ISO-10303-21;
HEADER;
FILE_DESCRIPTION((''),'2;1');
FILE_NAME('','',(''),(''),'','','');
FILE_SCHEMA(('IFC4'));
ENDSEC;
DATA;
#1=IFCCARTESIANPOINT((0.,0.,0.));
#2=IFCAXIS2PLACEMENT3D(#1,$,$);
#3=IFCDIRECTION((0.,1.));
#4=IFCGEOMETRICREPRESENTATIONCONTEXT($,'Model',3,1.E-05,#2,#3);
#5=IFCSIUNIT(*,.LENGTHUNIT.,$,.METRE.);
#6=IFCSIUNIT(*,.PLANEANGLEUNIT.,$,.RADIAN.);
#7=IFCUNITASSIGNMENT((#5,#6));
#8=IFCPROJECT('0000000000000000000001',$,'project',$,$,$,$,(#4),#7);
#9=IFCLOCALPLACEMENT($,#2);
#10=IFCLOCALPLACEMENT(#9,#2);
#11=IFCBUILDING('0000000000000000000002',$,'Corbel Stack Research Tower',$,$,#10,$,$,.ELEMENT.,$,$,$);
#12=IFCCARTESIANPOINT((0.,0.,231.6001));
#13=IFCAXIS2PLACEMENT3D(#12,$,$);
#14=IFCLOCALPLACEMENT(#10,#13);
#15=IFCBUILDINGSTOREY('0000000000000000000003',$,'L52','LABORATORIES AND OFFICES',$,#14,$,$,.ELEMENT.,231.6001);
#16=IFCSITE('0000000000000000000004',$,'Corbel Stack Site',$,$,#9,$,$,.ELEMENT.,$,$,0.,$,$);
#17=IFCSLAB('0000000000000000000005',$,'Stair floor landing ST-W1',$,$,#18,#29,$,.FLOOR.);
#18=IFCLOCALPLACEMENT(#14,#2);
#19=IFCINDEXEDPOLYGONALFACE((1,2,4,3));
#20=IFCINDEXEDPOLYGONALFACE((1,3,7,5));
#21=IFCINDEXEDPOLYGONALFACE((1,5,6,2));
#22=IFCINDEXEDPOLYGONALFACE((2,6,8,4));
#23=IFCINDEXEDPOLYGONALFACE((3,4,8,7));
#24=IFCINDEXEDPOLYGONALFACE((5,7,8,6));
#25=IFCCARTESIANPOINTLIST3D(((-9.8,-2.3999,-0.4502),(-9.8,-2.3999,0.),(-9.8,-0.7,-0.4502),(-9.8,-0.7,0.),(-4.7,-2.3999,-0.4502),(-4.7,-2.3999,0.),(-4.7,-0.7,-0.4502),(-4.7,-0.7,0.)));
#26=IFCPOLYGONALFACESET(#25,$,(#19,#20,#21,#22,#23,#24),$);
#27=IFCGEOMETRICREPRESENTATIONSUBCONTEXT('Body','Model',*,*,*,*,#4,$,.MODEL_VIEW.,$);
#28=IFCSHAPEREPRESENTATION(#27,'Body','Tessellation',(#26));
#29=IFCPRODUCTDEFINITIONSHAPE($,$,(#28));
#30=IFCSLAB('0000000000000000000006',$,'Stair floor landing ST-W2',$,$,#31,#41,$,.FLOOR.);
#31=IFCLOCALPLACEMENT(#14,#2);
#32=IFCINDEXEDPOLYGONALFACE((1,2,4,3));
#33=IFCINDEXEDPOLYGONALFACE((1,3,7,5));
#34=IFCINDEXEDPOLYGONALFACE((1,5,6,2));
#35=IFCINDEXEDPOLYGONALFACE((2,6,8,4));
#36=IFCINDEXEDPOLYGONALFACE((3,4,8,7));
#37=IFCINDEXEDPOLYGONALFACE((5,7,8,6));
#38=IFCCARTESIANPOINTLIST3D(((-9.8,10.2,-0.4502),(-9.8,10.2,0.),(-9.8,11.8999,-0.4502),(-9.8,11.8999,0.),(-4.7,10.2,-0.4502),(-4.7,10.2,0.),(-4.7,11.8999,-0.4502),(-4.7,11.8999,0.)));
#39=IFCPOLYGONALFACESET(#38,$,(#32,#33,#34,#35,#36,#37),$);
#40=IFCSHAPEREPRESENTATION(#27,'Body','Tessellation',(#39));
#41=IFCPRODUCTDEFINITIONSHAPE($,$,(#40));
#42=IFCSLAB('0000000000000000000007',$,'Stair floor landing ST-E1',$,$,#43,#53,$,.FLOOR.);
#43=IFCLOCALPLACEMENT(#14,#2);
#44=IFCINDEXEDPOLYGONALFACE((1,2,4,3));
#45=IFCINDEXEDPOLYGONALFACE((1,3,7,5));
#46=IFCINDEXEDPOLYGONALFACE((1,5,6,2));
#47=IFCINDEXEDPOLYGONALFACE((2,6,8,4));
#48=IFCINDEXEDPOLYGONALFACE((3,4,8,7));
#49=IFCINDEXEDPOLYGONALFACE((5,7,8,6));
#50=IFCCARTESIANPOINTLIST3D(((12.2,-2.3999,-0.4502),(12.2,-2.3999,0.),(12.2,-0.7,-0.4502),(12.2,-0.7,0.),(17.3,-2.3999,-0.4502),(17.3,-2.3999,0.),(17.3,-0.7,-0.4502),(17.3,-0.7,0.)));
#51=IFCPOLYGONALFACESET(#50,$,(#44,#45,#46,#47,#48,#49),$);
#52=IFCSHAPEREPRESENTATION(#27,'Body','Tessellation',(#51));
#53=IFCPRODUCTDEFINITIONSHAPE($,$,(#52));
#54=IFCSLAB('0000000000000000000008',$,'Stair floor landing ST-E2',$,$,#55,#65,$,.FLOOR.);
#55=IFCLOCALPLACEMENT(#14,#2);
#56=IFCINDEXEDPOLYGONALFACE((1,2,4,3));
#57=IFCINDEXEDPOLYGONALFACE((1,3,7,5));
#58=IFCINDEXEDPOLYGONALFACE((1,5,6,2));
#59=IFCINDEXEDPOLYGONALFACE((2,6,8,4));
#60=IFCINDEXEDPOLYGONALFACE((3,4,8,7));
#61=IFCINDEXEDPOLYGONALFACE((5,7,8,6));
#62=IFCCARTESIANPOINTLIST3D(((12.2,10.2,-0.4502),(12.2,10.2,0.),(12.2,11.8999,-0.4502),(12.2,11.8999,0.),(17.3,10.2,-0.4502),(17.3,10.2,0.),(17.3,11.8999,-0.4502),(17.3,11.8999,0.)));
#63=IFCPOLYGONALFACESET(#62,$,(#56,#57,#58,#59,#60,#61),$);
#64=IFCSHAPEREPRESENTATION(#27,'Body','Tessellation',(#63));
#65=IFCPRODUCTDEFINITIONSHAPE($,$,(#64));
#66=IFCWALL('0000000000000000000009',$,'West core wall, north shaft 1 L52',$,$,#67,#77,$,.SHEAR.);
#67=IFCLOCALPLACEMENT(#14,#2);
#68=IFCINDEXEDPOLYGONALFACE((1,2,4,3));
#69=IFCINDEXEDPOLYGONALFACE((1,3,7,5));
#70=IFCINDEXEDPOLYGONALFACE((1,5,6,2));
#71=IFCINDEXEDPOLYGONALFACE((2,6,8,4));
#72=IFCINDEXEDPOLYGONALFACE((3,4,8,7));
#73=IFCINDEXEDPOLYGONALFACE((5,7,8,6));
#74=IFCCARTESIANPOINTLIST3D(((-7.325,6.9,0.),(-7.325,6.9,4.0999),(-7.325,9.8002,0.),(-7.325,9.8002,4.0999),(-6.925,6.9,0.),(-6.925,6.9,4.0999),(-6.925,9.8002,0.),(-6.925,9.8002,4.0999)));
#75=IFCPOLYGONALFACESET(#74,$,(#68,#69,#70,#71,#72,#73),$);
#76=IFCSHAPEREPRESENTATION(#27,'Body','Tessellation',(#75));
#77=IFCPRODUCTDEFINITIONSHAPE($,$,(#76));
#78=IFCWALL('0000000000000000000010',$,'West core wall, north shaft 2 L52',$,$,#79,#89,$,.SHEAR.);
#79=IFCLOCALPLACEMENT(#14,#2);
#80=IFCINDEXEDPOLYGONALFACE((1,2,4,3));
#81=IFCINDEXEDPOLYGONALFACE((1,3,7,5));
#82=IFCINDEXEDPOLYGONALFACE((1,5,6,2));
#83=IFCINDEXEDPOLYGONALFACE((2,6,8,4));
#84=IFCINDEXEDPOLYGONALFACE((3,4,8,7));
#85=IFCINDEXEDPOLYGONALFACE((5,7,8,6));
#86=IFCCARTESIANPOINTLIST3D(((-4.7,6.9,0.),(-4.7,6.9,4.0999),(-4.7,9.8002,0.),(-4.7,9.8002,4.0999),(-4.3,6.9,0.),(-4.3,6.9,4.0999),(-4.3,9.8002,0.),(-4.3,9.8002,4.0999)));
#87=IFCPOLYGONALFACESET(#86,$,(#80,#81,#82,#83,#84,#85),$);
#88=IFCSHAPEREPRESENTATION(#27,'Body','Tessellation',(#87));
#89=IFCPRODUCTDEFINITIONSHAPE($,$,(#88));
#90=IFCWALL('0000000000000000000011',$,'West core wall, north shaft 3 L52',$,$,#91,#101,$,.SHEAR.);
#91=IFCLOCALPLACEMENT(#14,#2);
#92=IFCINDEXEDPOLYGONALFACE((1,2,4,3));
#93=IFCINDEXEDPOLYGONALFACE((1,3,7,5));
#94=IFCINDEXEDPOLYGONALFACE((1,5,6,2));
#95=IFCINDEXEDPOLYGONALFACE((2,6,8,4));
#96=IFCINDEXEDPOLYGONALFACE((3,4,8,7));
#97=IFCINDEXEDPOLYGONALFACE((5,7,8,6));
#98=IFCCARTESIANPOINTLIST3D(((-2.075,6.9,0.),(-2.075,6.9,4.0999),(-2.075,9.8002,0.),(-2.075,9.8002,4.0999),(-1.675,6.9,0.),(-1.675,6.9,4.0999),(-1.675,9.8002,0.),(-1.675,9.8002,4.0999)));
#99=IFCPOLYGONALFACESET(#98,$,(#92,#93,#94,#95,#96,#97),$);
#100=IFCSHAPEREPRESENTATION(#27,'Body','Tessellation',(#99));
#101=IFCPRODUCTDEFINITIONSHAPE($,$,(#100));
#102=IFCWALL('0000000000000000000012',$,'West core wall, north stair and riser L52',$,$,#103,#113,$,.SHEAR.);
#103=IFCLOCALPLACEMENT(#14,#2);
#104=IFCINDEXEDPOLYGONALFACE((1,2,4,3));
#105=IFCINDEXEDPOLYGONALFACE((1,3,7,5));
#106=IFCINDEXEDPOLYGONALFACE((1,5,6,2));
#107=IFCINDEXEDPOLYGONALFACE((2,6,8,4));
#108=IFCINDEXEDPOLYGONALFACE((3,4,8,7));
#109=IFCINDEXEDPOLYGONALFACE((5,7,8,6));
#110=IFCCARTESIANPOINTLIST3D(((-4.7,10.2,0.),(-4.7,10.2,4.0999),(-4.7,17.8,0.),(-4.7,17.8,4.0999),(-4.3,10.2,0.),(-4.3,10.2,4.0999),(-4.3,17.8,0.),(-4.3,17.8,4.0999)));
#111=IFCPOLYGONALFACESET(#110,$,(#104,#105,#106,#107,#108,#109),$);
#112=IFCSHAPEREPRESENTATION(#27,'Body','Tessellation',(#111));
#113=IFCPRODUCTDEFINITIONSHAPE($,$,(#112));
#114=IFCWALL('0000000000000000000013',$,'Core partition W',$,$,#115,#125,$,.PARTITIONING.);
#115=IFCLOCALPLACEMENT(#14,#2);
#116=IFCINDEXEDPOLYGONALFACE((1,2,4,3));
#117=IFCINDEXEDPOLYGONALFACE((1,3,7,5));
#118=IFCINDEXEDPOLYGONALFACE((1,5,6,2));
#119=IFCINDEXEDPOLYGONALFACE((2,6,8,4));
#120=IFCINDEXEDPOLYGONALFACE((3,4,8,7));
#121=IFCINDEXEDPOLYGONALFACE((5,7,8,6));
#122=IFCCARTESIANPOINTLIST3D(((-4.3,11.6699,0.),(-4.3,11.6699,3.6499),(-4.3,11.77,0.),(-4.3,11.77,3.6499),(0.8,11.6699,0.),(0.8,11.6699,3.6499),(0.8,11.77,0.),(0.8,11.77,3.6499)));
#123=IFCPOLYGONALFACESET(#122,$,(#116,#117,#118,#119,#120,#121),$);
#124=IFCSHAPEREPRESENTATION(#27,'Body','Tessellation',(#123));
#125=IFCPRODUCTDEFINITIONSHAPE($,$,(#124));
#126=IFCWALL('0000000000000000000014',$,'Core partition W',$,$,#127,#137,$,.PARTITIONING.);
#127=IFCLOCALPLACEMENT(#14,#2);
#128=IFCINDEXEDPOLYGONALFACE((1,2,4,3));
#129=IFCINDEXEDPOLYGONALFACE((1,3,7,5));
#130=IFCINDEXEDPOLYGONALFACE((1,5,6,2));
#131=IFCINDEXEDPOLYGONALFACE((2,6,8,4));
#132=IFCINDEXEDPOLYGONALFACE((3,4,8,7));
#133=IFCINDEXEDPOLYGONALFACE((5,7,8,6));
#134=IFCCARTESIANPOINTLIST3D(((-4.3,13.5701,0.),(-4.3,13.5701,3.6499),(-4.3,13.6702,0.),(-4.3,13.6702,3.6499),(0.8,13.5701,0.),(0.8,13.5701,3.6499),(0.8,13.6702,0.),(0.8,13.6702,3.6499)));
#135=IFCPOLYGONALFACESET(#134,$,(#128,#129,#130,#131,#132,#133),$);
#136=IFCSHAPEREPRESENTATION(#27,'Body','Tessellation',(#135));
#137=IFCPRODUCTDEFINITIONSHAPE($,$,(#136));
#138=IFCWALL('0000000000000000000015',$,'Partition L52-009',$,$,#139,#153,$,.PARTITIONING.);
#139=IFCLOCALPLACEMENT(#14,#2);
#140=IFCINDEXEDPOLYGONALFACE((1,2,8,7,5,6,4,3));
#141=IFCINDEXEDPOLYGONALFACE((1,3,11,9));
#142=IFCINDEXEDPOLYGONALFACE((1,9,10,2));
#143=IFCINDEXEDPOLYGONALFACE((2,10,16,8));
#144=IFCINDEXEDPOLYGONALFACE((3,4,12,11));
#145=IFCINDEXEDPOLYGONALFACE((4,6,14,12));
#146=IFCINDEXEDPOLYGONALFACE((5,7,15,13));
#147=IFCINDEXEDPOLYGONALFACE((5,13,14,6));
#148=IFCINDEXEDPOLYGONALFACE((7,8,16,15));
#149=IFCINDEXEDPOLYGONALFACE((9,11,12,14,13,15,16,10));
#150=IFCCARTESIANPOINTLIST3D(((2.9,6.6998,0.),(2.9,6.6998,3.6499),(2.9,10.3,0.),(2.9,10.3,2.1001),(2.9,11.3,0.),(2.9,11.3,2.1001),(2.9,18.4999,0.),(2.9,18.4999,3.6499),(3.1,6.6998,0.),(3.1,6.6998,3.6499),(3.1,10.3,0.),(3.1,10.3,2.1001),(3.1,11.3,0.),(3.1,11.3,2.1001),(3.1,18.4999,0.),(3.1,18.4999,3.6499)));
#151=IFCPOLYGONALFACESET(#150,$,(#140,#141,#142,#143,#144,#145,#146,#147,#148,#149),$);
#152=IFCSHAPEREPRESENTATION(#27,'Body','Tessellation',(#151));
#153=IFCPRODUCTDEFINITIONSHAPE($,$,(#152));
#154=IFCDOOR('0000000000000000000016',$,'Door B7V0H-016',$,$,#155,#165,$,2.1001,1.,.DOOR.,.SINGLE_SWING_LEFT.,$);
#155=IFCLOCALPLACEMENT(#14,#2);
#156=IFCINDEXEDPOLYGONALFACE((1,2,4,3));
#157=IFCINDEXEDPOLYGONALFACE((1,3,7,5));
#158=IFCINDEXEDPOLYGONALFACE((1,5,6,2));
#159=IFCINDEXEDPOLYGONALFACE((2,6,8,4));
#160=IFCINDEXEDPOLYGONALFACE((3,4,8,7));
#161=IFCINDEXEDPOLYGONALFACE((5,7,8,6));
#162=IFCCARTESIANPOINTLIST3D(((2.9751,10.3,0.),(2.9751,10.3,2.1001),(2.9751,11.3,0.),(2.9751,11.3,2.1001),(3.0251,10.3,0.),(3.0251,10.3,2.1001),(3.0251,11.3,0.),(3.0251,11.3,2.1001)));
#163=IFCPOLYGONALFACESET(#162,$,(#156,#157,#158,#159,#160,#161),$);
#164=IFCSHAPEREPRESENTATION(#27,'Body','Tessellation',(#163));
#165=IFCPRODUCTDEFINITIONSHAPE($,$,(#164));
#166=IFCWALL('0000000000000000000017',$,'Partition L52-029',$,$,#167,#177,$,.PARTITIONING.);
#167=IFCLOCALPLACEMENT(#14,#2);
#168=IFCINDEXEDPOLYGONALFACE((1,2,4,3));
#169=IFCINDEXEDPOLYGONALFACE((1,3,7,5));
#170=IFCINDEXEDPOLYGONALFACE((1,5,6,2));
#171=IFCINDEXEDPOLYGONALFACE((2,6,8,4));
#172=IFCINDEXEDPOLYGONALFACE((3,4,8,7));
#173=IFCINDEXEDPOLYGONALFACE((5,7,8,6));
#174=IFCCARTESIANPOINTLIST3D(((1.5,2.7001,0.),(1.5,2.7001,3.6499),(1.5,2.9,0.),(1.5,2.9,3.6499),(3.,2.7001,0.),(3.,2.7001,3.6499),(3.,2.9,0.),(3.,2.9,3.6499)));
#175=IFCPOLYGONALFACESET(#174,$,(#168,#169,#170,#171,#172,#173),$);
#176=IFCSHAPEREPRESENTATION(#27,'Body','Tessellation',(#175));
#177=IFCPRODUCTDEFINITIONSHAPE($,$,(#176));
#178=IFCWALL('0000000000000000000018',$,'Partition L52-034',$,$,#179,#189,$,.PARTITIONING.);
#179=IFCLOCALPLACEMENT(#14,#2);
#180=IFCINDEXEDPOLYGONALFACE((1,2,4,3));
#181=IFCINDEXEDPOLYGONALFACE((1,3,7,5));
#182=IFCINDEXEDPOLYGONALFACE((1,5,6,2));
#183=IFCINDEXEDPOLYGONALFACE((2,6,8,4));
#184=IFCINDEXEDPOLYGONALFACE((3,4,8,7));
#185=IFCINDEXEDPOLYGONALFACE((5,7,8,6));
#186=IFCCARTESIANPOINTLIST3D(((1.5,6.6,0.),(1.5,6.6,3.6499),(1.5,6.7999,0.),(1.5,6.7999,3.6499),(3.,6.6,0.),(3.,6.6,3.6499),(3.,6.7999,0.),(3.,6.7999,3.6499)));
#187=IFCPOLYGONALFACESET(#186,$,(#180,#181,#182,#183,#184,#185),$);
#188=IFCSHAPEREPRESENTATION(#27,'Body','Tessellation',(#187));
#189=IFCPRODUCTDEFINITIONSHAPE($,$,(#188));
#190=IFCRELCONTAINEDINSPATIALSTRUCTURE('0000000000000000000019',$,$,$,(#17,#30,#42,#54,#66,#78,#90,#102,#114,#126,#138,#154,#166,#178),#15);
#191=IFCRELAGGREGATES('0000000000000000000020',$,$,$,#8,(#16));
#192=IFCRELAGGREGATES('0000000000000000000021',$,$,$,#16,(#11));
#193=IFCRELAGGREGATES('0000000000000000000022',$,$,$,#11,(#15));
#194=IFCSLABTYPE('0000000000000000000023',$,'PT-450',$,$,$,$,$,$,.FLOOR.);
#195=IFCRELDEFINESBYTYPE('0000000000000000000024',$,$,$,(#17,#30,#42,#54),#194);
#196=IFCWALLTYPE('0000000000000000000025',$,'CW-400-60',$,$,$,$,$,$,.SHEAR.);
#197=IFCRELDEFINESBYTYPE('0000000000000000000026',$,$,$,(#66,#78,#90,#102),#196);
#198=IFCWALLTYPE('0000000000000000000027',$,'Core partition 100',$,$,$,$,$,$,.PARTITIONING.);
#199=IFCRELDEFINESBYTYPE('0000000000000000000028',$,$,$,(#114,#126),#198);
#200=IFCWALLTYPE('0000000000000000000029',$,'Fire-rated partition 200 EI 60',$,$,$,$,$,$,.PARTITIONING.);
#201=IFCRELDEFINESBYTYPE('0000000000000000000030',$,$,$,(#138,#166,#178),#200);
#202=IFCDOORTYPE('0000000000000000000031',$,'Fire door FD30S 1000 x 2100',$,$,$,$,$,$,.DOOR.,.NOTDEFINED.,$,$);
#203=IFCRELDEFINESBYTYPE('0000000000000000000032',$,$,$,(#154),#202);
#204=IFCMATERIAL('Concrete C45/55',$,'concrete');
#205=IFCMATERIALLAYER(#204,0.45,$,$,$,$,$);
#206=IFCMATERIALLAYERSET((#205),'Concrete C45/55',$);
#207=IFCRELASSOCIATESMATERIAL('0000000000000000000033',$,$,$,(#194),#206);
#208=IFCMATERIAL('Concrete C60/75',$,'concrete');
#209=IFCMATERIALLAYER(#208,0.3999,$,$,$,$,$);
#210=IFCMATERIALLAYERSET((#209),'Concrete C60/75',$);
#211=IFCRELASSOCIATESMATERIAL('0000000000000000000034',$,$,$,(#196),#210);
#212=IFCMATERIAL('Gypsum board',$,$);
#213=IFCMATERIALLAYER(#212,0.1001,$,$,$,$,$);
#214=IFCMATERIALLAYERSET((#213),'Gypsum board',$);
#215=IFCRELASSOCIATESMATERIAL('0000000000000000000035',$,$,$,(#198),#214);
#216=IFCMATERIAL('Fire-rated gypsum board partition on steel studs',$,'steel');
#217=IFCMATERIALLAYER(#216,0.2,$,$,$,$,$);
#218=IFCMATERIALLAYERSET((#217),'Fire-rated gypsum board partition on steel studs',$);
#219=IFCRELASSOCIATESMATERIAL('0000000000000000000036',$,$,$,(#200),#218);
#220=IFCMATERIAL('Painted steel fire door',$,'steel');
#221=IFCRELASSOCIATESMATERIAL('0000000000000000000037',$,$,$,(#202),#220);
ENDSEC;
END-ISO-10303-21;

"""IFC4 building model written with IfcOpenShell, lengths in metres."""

from ifc_helpers import new_model, si_unit, direction, frame, frame_2d, origin, place, context, subcontext, project, spatial, polyline, rectangle, outline, extrude, material, layer, layer_set, type_object, element, fill, save


model = new_model("IFC4")

# Units and contexts
model_context = context("Model", 3, precision=1e-05, world=origin(), true_north=direction((0.0, 1.0)))
body_context = subcontext(model_context, "Body", "Model", "MODEL_VIEW")
ifc_project = project(units=[si_unit("LENGTHUNIT", "METRE"), si_unit("PLANEANGLEUNIT", "RADIAN")], contexts=[model_context])

# Site, building, storey
site_placement = place(None, origin())
site = spatial("IfcSite", under=ifc_project, at=site_placement, Name="Corbel Stack Site", CompositionType="ELEMENT", RefElevation=0.0)
building_placement = place(site_placement, origin())
building = spatial("IfcBuilding", under=site, at=building_placement, Name="Corbel Stack Research Tower", CompositionType="ELEMENT")
storey_placement = place(building_placement, frame((0.0, 0.0, 231.6001)))
storey = spatial("IfcBuildingStorey", under=building, at=storey_placement, Name="L52", Description="LABORATORIES AND OFFICES", CompositionType="ELEMENT", Elevation=231.6001)

# Slabs
ifc_material_1 = material(Name="Concrete C45/55", Category="concrete")
ifc_layer_1 = layer(ifc_material_1, 0.45)
ifc_layer_set_1 = layer_set([ifc_layer_1], Name="Concrete C45/55")
slab_type = type_object("IfcSlabType", Name="PT-450", PredefinedType="FLOOR", material=ifc_layer_set_1)
slab_1_placement = place(storey_placement, frame((0.0, 0.0, -0.4502)))
element("IfcSlab", 1, at=slab_1_placement, inside=storey, type_object=slab_type, Name="Stair floor landing ST-W1", PredefinedType="FLOOR", context=body_context, shape_type="SweptSolid", body=[
    extrude(outline(polyline([(-9.8, -2.3999), (-4.7, -2.3999), (-4.7, -0.7), (-9.8, -0.7), (-9.8, -2.3999)])), origin(), (0.0, 0.0, 1.0), 0.4502),
])
slab_2_placement = place(storey_placement, frame((0.0, 0.0, -0.4502)))
element("IfcSlab", 2, at=slab_2_placement, inside=storey, type_object=slab_type, Name="Stair floor landing ST-W2", PredefinedType="FLOOR", context=body_context, shape_type="SweptSolid", body=[
    extrude(outline(polyline([(-9.8, 10.2), (-4.7, 10.2), (-4.7, 11.8999), (-9.8, 11.8999), (-9.8, 10.2)])), origin(), (0.0, 0.0, 1.0), 0.4502),
])
slab_3_placement = place(storey_placement, frame((0.0, 0.0, -0.4502)))
element("IfcSlab", 3, at=slab_3_placement, inside=storey, type_object=slab_type, Name="Stair floor landing ST-E1", PredefinedType="FLOOR", context=body_context, shape_type="SweptSolid", body=[
    extrude(outline(polyline([(12.2, -2.3999), (17.3, -2.3999), (17.3, -0.7), (12.2, -0.7), (12.2, -2.3999)])), origin(), (0.0, 0.0, 1.0), 0.4502),
])
slab_4_placement = place(storey_placement, frame((0.0, 0.0, -0.4502)))
element("IfcSlab", 4, at=slab_4_placement, inside=storey, type_object=slab_type, Name="Stair floor landing ST-E2", PredefinedType="FLOOR", context=body_context, shape_type="SweptSolid", body=[
    extrude(outline(polyline([(12.2, 10.2), (17.3, 10.2), (17.3, 11.8999), (12.2, 11.8999), (12.2, 10.2)])), origin(), (0.0, 0.0, 1.0), 0.4502),
])

# Walls
ifc_material_2 = material(Name="Concrete C60/75", Category="concrete")
ifc_layer_2 = layer(ifc_material_2, 0.3999)
ifc_layer_set_2 = layer_set([ifc_layer_2], Name="Concrete C60/75")
wall_type_1 = type_object("IfcWallType", Name="CW-400-60", PredefinedType="SHEAR", material=ifc_layer_set_2)
for number, where, z_axis, x_axis, name in (
    (5, (-7.125, 6.8999, 0.0), (0.0, 0.0, 1.0), (0.0, 1.0, 0.0), "West core wall, north shaft 1 L52"),
    (6, (-4.5, 6.8999, 0.0), (0.0, 0.0, 1.0), (0.0, 1.0, 0.0), "West core wall, north shaft 2 L52"),
    (7, (-1.875, 6.8999, 0.0), (0.0, 0.0, 1.0), (0.0, 1.0, 0.0), "West core wall, north shaft 3 L52"),
):
    element("IfcWall", number, at=place(storey_placement, frame(where, z_axis=z_axis, x_axis=x_axis)), inside=storey, type_object=wall_type_1, Name=name, PredefinedType="SHEAR", context=body_context, shape_type="SweptSolid", body=[
        extrude(rectangle(XDim=2.9001, YDim=0.3999, at=frame_2d((1.4502, 0.0))), origin(), (0.0, 0.0, 1.0), 4.0999),
    ])
wall_1_placement = place(storey_placement, frame((-4.5, 10.2, 0.0), z_axis=(0.0, 0.0, 1.0), x_axis=(0.0, 1.0, 0.0)))
element("IfcWall", 8, at=wall_1_placement, inside=storey, type_object=wall_type_1, Name="West core wall, north stair and riser L52", PredefinedType="SHEAR", context=body_context, shape_type="SweptSolid", body=[
    extrude(rectangle(XDim=7.6001, YDim=0.3999, at=frame_2d((3.8, 0.0))), origin(), (0.0, 0.0, 1.0), 4.0999),
])
ifc_material_3 = material(Name="Gypsum board")
ifc_layer_3 = layer(ifc_material_3, 0.1001)
ifc_layer_set_3 = layer_set([ifc_layer_3], Name="Gypsum board")
wall_type_2 = type_object("IfcWallType", Name="Core partition 100", PredefinedType="PARTITIONING", material=ifc_layer_set_3)
for number, where, z_axis, x_axis, name in (
    (9, (-4.3, 11.72, 0.0), (0.0, 0.0, 1.0), (1.0, 0.0, 0.0), "Core partition W"),
    (10, (-4.3, 13.6201, 0.0), (0.0, 0.0, 1.0), (1.0, 0.0, 0.0), "Core partition W"),
):
    element("IfcWall", number, at=place(storey_placement, frame(where, z_axis=z_axis, x_axis=x_axis)), inside=storey, type_object=wall_type_2, Name=name, PredefinedType="PARTITIONING", context=body_context, shape_type="SweptSolid", body=[
        extrude(rectangle(XDim=5.1001, YDim=0.1001, at=frame_2d((2.55, 0.0))), origin(), (0.0, 0.0, 1.0), 3.6499),
    ])

# Wall, opening, door
ifc_material_4 = material(Name="Fire-rated gypsum board partition on steel studs", Category="steel")
ifc_layer_4 = layer(ifc_material_4, 0.2)
ifc_layer_set_4 = layer_set([ifc_layer_4], Name="Fire-rated gypsum board partition on steel studs")
wall_type_3 = type_object("IfcWallType", Name="Fire-rated partition 200 EI 60", PredefinedType="PARTITIONING", material=ifc_layer_set_4)
wall_2_placement = place(storey_placement, frame((3.0, 6.7, 0.0), z_axis=(0.0, 0.0, 1.0), x_axis=(0.0, 1.0, 0.0)))
wall_2 = element("IfcWall", 11, at=wall_2_placement, inside=storey, type_object=wall_type_3, Name="Partition L52-009", PredefinedType="PARTITIONING", context=body_context, shape_type="SweptSolid", body=[
    extrude(rectangle(XDim=11.8, YDim=0.2, at=frame_2d((5.8999, 0.0))), origin(), (0.0, 0.0, 1.0), 3.6499),
])
opening_placement = place(wall_2_placement, frame((3.6001, 0.0, 0.0)))
opening = element("IfcOpeningElement", 12, at=opening_placement, cuts=wall_2, PredefinedType="OPENING", context=body_context, shape_type="SweptSolid", body=[
    extrude(rectangle(XDim=1.0, YDim=2.1001, at=frame_2d((0.5, 1.05))), frame((0.0, 0.1099, 0.0), z_axis=(0.0, -1.0, 0.0), x_axis=(1.0, 0.0, 0.0)), (0.0, 0.0, 1.0), 0.22),
])
ifc_material_5 = material(Name="Painted steel fire door", Category="steel")
door_type = type_object("IfcDoorType", Name="Fire door FD30S 1000 x 2100", OperationType="NOTDEFINED", PredefinedType="DOOR", material=ifc_material_5)
door_placement = place(opening_placement, origin())
door = element("IfcDoor", 13, at=door_placement, inside=storey, type_object=door_type, Name="Door B7V0H-016", OperationType="SINGLE_SWING_LEFT", OverallHeight=2.1001, OverallWidth=1.0, PredefinedType="DOOR", context=body_context, shape_type="SweptSolid", body=[
    extrude(rectangle(XDim=1.0, YDim=2.1001, at=frame_2d((0.5, 1.05))), frame((0.0, 0.0249, 0.0), z_axis=(0.0, -1.0, 0.0), x_axis=(1.0, 0.0, 0.0)), (0.0, 0.0, 1.0), 0.05),
])
fill(opening, door)

# Walls
for number, where, z_axis, x_axis, name in (
    (14, (1.5, 2.8, 0.0), (0.0, 0.0, 1.0), (1.0, 0.0, 0.0), "Partition L52-029"),
    (15, (1.5, 6.7, 0.0), (0.0, 0.0, 1.0), (1.0, 0.0, 0.0), "Partition L52-034"),
):
    element("IfcWall", number, at=place(storey_placement, frame(where, z_axis=z_axis, x_axis=x_axis)), inside=storey, type_object=wall_type_3, Name=name, PredefinedType="PARTITIONING", context=body_context, shape_type="SweptSolid", body=[
        extrude(rectangle(XDim=1.5, YDim=0.2, at=frame_2d((0.75, 0.0))), origin(), (0.0, 0.0, 1.0), 3.6499),
    ])

save(model, "model.ifc")
